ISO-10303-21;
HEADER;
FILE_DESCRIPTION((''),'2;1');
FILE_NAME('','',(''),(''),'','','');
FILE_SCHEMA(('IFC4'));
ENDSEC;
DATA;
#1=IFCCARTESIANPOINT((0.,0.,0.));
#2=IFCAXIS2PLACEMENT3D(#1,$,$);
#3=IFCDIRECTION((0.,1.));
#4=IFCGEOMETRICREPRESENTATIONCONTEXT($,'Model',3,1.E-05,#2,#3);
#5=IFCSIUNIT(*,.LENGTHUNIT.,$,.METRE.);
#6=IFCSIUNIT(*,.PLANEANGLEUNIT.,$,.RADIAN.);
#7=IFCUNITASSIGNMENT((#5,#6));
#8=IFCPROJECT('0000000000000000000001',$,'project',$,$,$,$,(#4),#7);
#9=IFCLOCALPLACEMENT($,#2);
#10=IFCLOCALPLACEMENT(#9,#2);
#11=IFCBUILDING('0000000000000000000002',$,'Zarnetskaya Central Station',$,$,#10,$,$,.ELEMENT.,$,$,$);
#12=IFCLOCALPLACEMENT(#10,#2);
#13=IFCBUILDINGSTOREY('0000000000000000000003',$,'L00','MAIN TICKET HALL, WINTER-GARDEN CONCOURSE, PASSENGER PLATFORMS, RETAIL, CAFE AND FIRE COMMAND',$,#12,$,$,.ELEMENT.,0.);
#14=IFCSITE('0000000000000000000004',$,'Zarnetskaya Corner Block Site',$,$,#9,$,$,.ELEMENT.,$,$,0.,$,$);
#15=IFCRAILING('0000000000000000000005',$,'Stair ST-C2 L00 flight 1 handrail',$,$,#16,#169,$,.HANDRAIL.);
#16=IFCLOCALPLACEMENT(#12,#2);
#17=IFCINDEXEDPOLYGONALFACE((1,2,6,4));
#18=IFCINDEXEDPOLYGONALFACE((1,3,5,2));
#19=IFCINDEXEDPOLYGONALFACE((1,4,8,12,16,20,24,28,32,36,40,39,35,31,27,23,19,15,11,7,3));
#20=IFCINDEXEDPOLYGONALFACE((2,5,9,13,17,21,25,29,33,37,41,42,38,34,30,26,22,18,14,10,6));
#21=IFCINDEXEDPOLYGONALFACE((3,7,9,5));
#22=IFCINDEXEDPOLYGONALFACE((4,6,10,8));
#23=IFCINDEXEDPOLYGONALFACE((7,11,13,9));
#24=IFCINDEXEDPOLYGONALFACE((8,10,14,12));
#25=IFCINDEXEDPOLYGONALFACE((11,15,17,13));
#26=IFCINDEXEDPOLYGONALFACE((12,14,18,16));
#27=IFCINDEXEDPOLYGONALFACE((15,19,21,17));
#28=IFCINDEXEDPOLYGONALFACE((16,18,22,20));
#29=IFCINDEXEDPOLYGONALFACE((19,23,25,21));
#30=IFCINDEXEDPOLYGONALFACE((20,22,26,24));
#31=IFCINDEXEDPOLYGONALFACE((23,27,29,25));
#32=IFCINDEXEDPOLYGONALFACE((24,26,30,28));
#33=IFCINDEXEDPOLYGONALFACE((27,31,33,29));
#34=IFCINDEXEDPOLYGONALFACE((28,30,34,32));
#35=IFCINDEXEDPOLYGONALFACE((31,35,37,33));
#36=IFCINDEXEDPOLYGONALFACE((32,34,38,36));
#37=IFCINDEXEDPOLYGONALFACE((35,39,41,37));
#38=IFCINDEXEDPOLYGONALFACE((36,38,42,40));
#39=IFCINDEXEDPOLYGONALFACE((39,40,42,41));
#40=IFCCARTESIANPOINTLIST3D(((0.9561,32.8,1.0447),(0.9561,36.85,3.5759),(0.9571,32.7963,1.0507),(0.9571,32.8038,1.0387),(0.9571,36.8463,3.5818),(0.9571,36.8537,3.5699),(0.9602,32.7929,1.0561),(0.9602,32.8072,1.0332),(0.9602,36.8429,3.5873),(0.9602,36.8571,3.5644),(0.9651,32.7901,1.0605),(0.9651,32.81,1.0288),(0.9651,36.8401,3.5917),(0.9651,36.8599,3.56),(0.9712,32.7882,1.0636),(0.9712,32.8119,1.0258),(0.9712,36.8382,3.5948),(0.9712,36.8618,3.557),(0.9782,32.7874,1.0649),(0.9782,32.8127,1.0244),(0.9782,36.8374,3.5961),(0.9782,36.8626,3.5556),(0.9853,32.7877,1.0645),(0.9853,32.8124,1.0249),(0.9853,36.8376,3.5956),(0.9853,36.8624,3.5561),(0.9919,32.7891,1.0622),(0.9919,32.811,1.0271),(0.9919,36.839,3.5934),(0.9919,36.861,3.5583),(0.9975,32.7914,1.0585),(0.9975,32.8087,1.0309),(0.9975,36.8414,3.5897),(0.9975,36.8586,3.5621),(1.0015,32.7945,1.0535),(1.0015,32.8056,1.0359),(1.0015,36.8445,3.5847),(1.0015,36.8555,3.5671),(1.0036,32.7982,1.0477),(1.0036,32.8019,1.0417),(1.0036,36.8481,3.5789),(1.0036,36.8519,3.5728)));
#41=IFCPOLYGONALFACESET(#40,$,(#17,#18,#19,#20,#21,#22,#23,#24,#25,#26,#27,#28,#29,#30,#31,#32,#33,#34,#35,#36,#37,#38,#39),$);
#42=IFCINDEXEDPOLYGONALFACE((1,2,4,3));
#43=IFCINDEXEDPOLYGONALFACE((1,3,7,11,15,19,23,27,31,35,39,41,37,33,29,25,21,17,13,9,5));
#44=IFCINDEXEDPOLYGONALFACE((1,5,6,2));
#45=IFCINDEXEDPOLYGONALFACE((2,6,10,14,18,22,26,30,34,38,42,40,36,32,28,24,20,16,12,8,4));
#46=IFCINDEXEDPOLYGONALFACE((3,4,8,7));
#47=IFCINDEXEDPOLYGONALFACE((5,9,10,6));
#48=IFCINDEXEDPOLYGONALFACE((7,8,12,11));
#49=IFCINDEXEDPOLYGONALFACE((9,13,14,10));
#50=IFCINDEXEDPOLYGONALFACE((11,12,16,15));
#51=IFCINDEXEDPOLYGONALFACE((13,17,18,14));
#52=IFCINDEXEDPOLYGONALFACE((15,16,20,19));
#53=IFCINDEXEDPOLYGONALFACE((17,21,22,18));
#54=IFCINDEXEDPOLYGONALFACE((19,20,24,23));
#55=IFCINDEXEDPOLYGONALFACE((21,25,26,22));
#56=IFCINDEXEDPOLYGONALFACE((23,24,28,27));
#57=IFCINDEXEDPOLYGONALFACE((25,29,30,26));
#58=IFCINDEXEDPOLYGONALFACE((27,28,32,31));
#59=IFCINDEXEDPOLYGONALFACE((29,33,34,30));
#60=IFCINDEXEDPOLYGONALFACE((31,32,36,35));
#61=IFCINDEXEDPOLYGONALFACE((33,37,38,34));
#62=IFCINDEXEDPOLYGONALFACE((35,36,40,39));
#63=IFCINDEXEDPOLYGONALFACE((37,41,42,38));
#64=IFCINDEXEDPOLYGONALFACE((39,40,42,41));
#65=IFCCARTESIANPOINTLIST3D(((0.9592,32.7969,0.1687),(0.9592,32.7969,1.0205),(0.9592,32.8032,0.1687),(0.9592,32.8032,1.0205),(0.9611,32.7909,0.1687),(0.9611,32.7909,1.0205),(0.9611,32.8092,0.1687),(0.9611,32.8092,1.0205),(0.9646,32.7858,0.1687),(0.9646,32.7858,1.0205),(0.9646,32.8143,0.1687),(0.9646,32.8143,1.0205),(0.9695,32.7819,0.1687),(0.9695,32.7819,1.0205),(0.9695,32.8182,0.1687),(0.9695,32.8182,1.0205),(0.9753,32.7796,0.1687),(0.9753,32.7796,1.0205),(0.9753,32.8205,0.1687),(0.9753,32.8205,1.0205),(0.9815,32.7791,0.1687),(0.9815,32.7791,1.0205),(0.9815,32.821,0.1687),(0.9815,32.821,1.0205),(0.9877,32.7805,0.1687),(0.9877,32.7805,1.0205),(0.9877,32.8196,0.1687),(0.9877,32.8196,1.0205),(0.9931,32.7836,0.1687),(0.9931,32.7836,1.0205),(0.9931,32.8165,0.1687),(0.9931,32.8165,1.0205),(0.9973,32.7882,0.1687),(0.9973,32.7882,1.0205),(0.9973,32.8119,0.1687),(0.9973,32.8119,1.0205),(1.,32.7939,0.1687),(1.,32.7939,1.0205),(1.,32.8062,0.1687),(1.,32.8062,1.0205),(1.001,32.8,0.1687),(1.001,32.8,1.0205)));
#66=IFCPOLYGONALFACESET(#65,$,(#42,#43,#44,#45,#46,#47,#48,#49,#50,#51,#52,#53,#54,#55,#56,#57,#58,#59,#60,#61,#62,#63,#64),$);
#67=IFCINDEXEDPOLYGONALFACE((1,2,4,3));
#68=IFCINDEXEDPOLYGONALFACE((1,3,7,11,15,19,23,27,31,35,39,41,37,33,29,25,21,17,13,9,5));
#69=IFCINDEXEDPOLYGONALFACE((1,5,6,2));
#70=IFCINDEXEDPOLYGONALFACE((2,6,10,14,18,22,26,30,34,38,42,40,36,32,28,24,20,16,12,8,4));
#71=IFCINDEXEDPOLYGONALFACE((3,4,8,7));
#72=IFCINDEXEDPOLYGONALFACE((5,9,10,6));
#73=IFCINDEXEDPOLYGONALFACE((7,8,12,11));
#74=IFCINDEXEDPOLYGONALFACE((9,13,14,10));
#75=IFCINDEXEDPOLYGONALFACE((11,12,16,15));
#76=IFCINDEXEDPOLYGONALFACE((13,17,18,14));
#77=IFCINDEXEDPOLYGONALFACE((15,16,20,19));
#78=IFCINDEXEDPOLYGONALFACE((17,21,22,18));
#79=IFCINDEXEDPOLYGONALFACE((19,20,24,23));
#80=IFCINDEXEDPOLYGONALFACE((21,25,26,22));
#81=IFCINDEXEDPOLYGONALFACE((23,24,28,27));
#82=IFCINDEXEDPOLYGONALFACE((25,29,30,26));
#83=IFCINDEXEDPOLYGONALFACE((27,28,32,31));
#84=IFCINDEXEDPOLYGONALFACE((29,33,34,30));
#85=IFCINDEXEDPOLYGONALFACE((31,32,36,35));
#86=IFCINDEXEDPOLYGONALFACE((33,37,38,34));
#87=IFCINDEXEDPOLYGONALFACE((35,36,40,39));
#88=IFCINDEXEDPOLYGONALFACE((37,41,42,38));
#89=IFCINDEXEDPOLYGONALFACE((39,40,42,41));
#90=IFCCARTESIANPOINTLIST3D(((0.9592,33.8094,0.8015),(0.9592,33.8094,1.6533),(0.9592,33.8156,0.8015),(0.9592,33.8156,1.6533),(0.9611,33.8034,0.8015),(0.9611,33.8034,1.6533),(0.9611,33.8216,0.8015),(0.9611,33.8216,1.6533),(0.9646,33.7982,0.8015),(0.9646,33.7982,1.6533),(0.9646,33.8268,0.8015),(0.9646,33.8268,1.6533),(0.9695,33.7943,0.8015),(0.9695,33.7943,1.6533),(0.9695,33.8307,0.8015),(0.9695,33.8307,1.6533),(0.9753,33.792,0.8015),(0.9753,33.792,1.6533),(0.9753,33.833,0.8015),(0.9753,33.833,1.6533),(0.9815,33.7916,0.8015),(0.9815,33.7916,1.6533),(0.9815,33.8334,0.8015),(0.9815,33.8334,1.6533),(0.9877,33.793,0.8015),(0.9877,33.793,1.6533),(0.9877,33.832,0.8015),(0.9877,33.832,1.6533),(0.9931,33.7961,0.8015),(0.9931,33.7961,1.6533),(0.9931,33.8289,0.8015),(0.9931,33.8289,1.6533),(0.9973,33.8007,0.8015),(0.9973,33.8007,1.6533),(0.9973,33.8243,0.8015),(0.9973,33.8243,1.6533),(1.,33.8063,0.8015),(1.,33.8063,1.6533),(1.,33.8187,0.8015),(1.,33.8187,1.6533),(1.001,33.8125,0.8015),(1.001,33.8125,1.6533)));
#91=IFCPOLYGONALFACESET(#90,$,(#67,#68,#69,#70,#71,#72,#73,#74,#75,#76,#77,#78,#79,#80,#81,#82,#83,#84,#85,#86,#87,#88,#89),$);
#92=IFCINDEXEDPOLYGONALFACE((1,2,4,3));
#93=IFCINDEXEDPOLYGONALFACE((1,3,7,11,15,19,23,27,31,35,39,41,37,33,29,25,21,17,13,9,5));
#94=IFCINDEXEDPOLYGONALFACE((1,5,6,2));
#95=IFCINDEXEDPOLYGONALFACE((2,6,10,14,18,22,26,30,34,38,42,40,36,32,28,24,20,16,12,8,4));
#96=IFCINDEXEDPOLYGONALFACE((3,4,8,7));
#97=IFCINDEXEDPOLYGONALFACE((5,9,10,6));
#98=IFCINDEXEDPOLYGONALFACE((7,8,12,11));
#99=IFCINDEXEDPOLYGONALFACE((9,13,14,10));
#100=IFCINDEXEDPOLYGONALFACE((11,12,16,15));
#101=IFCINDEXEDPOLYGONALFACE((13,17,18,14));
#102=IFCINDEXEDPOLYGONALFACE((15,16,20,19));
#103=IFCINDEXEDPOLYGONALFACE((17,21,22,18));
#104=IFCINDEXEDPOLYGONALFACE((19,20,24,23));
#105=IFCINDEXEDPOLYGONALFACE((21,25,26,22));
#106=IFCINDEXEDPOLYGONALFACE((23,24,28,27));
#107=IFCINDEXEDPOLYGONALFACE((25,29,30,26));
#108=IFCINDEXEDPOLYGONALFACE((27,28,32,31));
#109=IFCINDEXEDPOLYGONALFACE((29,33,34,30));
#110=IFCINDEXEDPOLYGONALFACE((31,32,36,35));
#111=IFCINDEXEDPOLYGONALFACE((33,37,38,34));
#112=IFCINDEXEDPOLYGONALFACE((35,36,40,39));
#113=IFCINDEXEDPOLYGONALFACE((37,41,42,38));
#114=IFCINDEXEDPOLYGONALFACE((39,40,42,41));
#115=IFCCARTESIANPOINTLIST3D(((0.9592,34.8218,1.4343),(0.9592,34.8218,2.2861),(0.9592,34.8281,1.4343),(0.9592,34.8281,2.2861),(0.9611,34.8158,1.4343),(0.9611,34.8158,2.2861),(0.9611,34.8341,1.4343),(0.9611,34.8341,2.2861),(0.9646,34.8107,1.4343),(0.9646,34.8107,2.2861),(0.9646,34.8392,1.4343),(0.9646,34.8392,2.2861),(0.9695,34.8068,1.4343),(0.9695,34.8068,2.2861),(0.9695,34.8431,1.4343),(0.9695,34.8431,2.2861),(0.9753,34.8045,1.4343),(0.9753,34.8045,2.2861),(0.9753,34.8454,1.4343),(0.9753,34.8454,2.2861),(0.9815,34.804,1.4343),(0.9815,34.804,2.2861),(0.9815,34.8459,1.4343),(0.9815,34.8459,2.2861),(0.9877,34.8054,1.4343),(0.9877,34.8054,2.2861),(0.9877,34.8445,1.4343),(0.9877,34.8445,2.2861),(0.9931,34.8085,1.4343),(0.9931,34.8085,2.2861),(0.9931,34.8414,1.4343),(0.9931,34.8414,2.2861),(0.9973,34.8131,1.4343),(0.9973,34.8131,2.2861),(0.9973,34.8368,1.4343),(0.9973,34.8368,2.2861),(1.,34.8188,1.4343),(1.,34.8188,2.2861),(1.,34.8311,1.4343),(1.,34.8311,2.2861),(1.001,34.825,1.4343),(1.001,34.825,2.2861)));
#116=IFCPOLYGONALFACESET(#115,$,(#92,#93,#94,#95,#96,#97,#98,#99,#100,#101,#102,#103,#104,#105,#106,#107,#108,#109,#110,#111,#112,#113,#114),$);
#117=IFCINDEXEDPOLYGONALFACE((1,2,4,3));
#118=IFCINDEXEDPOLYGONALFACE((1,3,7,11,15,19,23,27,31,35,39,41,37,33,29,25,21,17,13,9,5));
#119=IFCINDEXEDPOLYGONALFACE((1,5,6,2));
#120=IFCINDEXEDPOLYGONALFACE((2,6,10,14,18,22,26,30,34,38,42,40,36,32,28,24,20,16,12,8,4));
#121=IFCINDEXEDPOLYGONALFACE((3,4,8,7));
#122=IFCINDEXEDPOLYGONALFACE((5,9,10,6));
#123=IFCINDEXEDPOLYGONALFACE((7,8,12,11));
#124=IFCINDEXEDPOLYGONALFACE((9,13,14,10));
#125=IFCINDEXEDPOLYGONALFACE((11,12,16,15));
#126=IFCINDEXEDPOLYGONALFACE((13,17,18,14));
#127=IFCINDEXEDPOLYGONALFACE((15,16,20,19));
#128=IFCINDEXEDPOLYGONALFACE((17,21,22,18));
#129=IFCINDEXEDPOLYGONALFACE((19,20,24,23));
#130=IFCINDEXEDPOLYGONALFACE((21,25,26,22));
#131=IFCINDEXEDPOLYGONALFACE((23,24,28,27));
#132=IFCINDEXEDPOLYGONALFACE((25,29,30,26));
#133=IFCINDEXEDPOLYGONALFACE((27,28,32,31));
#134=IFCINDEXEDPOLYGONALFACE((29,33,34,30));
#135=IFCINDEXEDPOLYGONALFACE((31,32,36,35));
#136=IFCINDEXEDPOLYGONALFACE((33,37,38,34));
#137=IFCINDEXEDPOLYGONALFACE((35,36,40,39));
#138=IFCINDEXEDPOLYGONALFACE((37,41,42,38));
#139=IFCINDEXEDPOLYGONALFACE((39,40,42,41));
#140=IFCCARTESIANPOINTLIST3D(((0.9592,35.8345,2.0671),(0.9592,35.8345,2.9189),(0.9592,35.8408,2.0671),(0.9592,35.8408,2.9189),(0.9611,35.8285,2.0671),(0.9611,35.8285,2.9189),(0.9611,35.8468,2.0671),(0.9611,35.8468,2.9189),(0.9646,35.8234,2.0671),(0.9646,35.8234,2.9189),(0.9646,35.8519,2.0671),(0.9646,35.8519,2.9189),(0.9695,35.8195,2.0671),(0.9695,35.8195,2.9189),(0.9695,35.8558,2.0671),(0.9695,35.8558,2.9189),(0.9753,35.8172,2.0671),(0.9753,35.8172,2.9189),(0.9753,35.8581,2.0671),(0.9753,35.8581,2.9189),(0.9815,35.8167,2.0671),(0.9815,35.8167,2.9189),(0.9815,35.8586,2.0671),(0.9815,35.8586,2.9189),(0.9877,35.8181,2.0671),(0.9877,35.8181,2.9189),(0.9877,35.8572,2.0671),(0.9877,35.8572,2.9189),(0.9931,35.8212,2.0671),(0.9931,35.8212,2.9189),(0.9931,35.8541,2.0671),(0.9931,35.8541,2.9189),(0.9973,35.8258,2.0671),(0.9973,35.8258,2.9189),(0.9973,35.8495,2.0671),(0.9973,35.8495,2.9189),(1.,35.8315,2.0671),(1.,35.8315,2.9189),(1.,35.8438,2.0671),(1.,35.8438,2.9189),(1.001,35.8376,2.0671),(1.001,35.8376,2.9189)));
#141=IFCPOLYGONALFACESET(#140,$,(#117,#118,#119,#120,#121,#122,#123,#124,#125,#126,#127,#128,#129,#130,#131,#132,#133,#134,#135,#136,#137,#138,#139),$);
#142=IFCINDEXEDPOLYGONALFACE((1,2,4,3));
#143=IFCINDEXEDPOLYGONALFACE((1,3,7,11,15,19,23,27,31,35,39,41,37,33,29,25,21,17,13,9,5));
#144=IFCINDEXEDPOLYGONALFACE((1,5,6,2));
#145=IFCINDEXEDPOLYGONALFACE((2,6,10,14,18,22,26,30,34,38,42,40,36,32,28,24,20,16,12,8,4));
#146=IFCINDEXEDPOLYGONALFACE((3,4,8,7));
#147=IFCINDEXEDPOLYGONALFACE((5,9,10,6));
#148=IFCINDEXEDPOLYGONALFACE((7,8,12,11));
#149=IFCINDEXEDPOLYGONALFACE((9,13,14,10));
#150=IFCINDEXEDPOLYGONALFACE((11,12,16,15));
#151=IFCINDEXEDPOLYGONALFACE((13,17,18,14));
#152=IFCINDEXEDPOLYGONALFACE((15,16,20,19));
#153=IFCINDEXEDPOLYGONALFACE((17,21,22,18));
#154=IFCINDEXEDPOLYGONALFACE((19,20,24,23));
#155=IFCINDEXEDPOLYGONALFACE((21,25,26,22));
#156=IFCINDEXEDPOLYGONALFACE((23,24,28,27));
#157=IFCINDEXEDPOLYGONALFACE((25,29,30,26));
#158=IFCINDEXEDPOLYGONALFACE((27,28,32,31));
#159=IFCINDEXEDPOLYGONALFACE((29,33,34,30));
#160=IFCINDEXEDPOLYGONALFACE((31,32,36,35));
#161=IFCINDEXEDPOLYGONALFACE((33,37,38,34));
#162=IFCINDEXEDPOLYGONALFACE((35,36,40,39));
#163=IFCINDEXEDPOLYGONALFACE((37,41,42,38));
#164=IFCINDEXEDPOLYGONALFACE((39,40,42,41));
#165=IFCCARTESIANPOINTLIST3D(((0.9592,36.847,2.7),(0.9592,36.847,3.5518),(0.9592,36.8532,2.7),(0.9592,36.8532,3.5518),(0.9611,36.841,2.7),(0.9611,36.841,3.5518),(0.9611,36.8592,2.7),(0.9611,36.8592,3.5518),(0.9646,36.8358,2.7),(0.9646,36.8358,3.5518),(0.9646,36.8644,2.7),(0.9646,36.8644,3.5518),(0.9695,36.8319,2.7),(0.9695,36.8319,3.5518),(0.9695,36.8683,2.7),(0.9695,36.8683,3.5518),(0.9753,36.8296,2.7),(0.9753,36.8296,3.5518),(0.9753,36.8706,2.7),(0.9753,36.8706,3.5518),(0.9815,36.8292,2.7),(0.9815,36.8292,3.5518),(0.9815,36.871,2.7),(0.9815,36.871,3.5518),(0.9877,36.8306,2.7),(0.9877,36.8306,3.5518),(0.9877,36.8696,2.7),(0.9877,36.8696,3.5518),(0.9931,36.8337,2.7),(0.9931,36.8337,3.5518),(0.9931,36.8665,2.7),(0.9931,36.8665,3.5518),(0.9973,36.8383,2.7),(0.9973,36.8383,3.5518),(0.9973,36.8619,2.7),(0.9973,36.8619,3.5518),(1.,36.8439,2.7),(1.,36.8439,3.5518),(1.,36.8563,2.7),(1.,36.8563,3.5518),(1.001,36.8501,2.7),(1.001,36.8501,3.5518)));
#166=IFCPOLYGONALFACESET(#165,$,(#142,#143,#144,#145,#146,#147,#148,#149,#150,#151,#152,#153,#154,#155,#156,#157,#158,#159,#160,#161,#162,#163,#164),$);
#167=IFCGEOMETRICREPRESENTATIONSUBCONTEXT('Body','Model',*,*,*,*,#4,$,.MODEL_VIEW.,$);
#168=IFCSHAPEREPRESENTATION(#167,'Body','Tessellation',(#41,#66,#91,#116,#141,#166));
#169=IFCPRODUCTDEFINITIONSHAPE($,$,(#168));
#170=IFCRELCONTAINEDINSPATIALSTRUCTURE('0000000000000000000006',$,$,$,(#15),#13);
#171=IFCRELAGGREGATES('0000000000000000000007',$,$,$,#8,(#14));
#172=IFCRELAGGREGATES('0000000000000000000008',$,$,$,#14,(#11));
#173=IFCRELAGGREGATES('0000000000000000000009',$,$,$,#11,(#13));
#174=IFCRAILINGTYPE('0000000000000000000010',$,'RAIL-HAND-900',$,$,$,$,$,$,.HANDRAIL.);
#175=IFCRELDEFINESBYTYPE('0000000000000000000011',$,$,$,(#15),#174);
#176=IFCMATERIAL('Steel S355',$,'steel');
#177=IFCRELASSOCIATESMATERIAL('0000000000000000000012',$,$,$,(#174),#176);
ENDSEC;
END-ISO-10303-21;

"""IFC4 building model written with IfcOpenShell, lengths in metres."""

from ifc_helpers import new_model, si_unit, direction, frame, origin, origin_2d, place, context, subcontext, project, spatial, circle, extrude, material, type_object, element, save


model = new_model("IFC4")

# Units and contexts
model_context = context("Model", 3, precision=1e-05, world=origin(), true_north=direction((0.0, 1.0)))
body_context = subcontext(model_context, "Body", "Model", "MODEL_VIEW")
ifc_project = project(units=[si_unit("LENGTHUNIT", "METRE"), si_unit("PLANEANGLEUNIT", "RADIAN")], contexts=[model_context])

# Site, building, storey
site_placement = place(None, origin())
site = spatial("IfcSite", under=ifc_project, at=site_placement, Name="Zarnetskaya Corner Block Site", CompositionType="ELEMENT", RefElevation=0.0)
building_placement = place(site_placement, origin())
building = spatial("IfcBuilding", under=site, at=building_placement, Name="Zarnetskaya Central Station", CompositionType="ELEMENT")
storey_placement = place(building_placement, origin())
storey = spatial("IfcBuildingStorey", under=building, at=storey_placement, Name="L00", Description="MAIN TICKET HALL, WINTER-GARDEN CONCOURSE, PASSENGER PLATFORMS, RETAIL, CAFE AND FIRE COMMAND", CompositionType="ELEMENT", Elevation=0.0)

# Shared definitions
ifc_material_1 = material(Name="Steel S355", Category="steel")

# Railing
railing_type_1 = type_object("IfcRailingType", Name="RAIL-HAND-900", PredefinedType="HANDRAIL", material=ifc_material_1)
railing_1_placement = place(storey_placement, frame((0.98, 32.8, 0.1687)))
element("IfcRailing", 1, at=railing_1_placement, inside=storey, type_object=railing_type_1, Name="Stair ST-C2 L00 flight 1 handrail", PredefinedType="HANDRAIL", context=body_context, shape_type="SweptSolid", body=[
    extrude(circle(Radius=0.0239, at=origin_2d()), frame((0.0, 0.0, 0.876), z_axis=(0.0, 0.848001, 0.529994), x_axis=(-1.0, 0.0, 0.0)), (0.0, 0.0, 1.0), 4.7759),
    extrude(circle(Radius=0.021, at=origin_2d()), origin(), (0.0, 0.0, 1.0), 0.8518),
    extrude(circle(Radius=0.021, at=origin_2d()), frame((0.0, 1.0125, 0.6328)), (0.0, 0.0, 1.0), 0.8518),
    extrude(circle(Radius=0.021, at=origin_2d()), frame((0.0, 2.0249, 1.2656)), (0.0, 0.0, 1.0), 0.8518),
    extrude(circle(Radius=0.021, at=origin_2d()), frame((0.0, 3.0376, 1.8984)), (0.0, 0.0, 1.0), 0.8518),
    extrude(circle(Radius=0.021, at=origin_2d()), frame((0.0, 4.05, 2.5312)), (0.0, 0.0, 1.0), 0.8518),
])

save(model, "model.ifc")
